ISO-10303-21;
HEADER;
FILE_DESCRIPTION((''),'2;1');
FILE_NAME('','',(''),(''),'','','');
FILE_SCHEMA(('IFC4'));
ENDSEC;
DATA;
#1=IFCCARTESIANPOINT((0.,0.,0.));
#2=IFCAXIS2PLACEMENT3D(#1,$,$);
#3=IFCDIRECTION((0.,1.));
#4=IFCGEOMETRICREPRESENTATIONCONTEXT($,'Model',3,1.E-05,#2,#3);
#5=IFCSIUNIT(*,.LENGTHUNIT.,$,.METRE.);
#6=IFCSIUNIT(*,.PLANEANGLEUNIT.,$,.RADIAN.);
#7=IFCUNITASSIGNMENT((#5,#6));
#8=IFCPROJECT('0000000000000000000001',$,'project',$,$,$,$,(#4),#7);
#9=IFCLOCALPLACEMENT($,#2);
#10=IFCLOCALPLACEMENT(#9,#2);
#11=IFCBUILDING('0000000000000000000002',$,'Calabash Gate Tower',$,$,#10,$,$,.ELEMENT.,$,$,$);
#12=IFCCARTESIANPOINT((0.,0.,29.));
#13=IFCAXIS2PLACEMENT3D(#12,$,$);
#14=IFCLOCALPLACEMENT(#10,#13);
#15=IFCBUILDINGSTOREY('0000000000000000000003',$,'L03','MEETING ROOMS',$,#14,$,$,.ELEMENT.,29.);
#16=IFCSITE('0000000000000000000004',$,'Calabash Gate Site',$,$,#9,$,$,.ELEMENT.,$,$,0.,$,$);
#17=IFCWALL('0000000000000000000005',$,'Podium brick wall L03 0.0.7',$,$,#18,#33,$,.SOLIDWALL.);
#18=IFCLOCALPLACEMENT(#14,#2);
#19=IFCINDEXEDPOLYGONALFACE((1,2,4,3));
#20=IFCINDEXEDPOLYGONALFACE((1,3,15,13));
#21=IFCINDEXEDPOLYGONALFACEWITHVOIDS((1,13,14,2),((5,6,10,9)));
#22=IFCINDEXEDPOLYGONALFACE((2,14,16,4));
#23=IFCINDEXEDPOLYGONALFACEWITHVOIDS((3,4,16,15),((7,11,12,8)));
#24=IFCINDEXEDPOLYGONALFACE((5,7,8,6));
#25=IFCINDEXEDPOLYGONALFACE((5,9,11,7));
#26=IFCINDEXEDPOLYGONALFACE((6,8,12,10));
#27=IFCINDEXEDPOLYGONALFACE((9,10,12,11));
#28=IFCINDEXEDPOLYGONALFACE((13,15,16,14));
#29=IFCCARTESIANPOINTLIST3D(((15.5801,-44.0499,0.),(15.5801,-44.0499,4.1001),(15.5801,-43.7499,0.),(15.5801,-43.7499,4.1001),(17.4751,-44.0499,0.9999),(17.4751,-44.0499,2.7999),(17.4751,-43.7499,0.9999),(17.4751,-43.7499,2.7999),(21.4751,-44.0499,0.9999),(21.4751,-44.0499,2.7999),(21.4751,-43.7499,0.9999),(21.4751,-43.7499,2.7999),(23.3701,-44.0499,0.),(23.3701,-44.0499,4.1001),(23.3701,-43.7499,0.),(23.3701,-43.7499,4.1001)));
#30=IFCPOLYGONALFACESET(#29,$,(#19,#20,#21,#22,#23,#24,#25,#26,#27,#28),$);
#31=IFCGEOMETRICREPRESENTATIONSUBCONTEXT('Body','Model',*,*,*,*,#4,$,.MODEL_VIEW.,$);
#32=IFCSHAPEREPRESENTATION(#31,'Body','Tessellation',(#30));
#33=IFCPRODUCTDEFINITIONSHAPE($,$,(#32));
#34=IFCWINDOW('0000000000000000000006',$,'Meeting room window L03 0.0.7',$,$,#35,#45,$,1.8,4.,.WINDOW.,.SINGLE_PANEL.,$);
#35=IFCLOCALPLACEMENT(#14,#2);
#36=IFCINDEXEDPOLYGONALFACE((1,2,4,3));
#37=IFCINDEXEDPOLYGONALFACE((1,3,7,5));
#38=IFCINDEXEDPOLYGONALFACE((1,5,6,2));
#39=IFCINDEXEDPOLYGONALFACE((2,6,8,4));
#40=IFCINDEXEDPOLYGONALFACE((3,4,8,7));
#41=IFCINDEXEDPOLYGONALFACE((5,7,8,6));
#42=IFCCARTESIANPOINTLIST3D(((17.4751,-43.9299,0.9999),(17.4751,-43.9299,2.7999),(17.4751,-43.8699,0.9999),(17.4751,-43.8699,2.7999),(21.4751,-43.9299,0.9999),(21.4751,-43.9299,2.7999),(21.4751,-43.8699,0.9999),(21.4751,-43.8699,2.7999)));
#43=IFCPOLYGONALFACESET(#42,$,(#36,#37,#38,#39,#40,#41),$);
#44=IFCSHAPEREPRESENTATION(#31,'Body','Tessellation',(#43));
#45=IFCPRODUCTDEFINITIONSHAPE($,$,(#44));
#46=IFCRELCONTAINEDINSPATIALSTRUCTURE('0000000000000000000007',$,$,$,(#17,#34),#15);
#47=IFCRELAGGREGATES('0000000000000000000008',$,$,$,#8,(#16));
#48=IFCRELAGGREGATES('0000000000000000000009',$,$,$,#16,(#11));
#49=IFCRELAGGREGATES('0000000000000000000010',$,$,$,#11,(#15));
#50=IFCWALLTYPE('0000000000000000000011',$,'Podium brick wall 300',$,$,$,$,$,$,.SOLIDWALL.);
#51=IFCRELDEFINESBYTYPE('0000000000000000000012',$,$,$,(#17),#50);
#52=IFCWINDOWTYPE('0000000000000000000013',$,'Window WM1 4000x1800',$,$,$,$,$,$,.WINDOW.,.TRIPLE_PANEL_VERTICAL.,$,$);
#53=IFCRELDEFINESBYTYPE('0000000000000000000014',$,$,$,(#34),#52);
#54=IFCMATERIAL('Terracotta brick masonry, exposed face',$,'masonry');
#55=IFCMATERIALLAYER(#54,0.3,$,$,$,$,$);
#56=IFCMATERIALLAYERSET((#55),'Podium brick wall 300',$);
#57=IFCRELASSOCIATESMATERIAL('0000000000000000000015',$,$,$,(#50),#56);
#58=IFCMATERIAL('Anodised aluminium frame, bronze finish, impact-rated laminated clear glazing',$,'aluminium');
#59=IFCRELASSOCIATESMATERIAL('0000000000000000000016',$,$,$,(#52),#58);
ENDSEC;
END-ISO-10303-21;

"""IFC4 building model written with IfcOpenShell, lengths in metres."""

from ifc_helpers import new_model, si_unit, direction, frame, frame_2d, origin, place, context, subcontext, project, spatial, rectangle, extrude, material, layer, layer_set, type_object, element, fill, save


model = new_model("IFC4")

# Units and contexts
model_context = context("Model", 3, precision=1e-05, world=origin(), true_north=direction((0.0, 1.0)))
body_context = subcontext(model_context, "Body", "Model", "MODEL_VIEW")
ifc_project = project(units=[si_unit("LENGTHUNIT", "METRE"), si_unit("PLANEANGLEUNIT", "RADIAN")], contexts=[model_context])

# Site, building, storey
site_placement = place(None, origin())
site = spatial("IfcSite", under=ifc_project, at=site_placement, Name="Calabash Gate Site", CompositionType="ELEMENT", RefElevation=0.0)
building_placement = place(site_placement, origin())
building = spatial("IfcBuilding", under=site, at=building_placement, Name="Calabash Gate Tower", CompositionType="ELEMENT")
storey_placement = place(building_placement, frame((0.0, 0.0, 29.0)))
storey = spatial("IfcBuildingStorey", under=building, at=storey_placement, Name="L03", Description="MEETING ROOMS", CompositionType="ELEMENT", Elevation=29.0)

# Wall, opening, window
ifc_material_1 = material(Name="Terracotta brick masonry, exposed face", Category="masonry")
ifc_layer_1 = layer(ifc_material_1, 0.3)
ifc_layer_set_1 = layer_set([ifc_layer_1], Name="Podium brick wall 300")
wall_type_1 = type_object("IfcWallType", Name="Podium brick wall 300", PredefinedType="SOLIDWALL", material=ifc_layer_set_1)
ifc_material_2 = material(Name="Anodised aluminium frame, bronze finish, impact-rated laminated clear glazing", Category="aluminium")
window_type = type_object("IfcWindowType", Name="Window WM1 4000x1800", PartitioningType="TRIPLE_PANEL_VERTICAL", PredefinedType="WINDOW", material=ifc_material_2)
wall_1_placement = place(storey_placement, frame((15.5801, -43.8999, 0.0), z_axis=(0.0, 0.0, 1.0), x_axis=(1.0, 0.0, 0.0)))
wall_1 = element("IfcWall", 1, at=wall_1_placement, inside=storey, type_object=wall_type_1, Name="Podium brick wall L03 0.0.7", PredefinedType="SOLIDWALL", context=body_context, shape_type="SweptSolid", body=[
    extrude(rectangle(XDim=7.79, YDim=0.3, at=frame_2d((3.895, 0.0))), origin(), (0.0, 0.0, 1.0), 4.1001),
])
opening_1_placement = place(wall_1_placement, frame((1.895, 0.0, 1.0)))
opening_1 = element("IfcOpeningElement", 2, at=opening_1_placement, cuts=wall_1, PredefinedType="OPENING", context=body_context, shape_type="SweptSolid", body=[
    extrude(rectangle(XDim=4.0, YDim=1.8, at=frame_2d((2.0, 0.8999))), frame((0.0, 0.1599, 0.0), z_axis=(0.0, -1.0, 0.0), x_axis=(1.0, 0.0, 0.0)), (0.0, 0.0, 1.0), 0.3201),
])
window_1_placement = place(opening_1_placement, origin())
window_1 = element("IfcWindow", 3, at=window_1_placement, inside=storey, type_object=window_type, Name="Meeting room window L03 0.0.7", OverallHeight=1.8, OverallWidth=4.0, PartitioningType="SINGLE_PANEL", PredefinedType="WINDOW", context=body_context, shape_type="SweptSolid", body=[
    extrude(rectangle(XDim=4.0, YDim=1.8, at=frame_2d((2.0, 0.8999))), frame((0.0, 0.03, 0.0), z_axis=(0.0, -1.0, 0.0), x_axis=(1.0, 0.0, 0.0)), (0.0, 0.0, 1.0), 0.0601),
])
fill(opening_1, window_1)

save(model, "model.ifc")
